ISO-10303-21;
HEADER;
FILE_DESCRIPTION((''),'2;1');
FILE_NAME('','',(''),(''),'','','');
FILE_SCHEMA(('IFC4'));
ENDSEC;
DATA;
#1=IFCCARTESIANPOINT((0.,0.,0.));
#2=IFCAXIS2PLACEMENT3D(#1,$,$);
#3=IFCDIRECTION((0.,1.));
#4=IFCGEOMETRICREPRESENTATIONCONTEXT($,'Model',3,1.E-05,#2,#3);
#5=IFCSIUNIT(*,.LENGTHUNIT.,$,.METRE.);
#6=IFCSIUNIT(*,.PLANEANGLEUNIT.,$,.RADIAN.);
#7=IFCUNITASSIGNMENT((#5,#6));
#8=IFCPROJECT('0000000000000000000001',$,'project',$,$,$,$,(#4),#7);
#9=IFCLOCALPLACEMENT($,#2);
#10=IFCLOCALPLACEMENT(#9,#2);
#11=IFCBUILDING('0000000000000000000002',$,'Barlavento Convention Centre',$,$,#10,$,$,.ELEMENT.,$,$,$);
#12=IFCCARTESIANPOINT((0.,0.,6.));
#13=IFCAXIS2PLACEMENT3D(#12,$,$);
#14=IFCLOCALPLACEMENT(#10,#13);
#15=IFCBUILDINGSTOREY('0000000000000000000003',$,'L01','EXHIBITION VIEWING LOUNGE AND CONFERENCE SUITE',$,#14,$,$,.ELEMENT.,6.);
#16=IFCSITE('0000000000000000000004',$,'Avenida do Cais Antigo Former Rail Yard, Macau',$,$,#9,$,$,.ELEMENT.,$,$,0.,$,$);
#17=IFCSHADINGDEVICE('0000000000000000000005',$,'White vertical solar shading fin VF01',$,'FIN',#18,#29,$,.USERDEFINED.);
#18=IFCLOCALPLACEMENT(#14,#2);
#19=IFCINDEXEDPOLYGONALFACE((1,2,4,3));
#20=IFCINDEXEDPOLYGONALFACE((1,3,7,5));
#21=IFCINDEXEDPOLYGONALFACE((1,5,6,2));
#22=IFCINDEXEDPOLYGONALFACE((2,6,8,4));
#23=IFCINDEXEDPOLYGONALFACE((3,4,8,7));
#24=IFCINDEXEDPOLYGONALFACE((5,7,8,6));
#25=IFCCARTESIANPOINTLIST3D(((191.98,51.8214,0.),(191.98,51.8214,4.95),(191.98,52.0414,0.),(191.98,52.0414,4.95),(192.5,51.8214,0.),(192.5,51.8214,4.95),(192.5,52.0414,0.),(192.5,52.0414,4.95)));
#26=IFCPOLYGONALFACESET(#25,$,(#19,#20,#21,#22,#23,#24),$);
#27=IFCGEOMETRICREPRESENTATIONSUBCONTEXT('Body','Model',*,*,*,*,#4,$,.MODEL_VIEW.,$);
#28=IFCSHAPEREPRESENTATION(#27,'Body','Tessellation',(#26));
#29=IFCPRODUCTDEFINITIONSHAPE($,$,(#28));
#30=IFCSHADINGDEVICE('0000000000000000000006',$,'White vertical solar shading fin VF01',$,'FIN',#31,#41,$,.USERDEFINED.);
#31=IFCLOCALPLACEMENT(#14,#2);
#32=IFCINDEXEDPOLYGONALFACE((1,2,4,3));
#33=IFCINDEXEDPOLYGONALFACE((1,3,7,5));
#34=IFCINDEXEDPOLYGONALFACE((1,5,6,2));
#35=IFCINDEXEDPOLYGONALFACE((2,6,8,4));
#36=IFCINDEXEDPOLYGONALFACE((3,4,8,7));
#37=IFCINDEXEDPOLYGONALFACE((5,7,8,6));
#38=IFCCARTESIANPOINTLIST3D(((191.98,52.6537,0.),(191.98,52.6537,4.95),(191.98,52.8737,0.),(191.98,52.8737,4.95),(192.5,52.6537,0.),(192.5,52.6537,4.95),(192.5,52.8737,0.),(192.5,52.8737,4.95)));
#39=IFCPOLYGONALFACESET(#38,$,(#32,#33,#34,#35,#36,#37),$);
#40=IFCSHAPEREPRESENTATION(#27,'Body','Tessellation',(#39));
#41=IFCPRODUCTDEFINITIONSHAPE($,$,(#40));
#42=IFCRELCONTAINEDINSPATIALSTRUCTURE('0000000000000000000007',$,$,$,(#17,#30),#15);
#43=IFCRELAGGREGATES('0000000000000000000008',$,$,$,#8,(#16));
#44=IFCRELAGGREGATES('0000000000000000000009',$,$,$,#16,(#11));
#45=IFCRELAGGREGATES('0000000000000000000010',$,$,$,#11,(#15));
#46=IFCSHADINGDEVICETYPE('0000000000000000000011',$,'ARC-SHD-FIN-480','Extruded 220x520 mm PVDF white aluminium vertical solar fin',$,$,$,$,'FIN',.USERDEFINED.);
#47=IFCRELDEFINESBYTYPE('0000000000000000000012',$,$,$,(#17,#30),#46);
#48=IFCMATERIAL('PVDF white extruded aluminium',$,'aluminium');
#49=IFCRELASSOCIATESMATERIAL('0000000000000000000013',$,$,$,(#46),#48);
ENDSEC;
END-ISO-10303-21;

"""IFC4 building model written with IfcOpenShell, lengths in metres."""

from ifc_helpers import new_model, si_unit, direction, frame, origin, origin_2d, place, context, subcontext, project, spatial, rectangle, extrude, material, type_object, element, save


model = new_model("IFC4")

# Units and contexts
model_context = context("Model", 3, precision=1e-05, world=origin(), true_north=direction((0.0, 1.0)))
body_context = subcontext(model_context, "Body", "Model", "MODEL_VIEW")
ifc_project = project(units=[si_unit("LENGTHUNIT", "METRE"), si_unit("PLANEANGLEUNIT", "RADIAN")], contexts=[model_context])

# Site, building, storey
site_placement = place(None, origin())
site = spatial("IfcSite", under=ifc_project, at=site_placement, Name="Avenida do Cais Antigo Former Rail Yard, Macau", CompositionType="ELEMENT", RefElevation=0.0)
building_placement = place(site_placement, origin())
building = spatial("IfcBuilding", under=site, at=building_placement, Name="Barlavento Convention Centre", CompositionType="ELEMENT")
storey_placement = place(building_placement, frame((0.0, 0.0, 6.0)))
storey = spatial("IfcBuildingStorey", under=building, at=storey_placement, Name="L01", Description="EXHIBITION VIEWING LOUNGE AND CONFERENCE SUITE", CompositionType="ELEMENT", Elevation=6.0)

# Shading devices
ifc_material_1 = material(Name="PVDF white extruded aluminium", Category="aluminium")
shading_device_type = type_object("IfcShadingDeviceType", Name="ARC-SHD-FIN-480", Description="Extruded 220x520 mm PVDF white aluminium vertical solar fin", ElementType="FIN", PredefinedType="USERDEFINED", material=ifc_material_1)
for number, where, z_axis, x_axis, name in (
    (1, (192.24, 51.9314, 0.0), (0.0, 0.0, 1.0), (0.0, 1.0, 0.0), "White vertical solar shading fin VF01"),
    (2, (192.24, 52.7637, 0.0), (0.0, 0.0, 1.0), (0.0, 1.0, 0.0), "White vertical solar shading fin VF01"),
):
    element("IfcShadingDevice", number, at=place(storey_placement, frame(where, z_axis=z_axis, x_axis=x_axis)), inside=storey, type_object=shading_device_type, Name=name, ObjectType="FIN", PredefinedType="USERDEFINED", context=body_context, shape_type="SweptSolid", body=[
        extrude(rectangle(XDim=0.22, YDim=0.52, at=origin_2d()), origin(), (0.0, 0.0, 1.0), 4.95),
    ])

save(model, "model.ifc")
